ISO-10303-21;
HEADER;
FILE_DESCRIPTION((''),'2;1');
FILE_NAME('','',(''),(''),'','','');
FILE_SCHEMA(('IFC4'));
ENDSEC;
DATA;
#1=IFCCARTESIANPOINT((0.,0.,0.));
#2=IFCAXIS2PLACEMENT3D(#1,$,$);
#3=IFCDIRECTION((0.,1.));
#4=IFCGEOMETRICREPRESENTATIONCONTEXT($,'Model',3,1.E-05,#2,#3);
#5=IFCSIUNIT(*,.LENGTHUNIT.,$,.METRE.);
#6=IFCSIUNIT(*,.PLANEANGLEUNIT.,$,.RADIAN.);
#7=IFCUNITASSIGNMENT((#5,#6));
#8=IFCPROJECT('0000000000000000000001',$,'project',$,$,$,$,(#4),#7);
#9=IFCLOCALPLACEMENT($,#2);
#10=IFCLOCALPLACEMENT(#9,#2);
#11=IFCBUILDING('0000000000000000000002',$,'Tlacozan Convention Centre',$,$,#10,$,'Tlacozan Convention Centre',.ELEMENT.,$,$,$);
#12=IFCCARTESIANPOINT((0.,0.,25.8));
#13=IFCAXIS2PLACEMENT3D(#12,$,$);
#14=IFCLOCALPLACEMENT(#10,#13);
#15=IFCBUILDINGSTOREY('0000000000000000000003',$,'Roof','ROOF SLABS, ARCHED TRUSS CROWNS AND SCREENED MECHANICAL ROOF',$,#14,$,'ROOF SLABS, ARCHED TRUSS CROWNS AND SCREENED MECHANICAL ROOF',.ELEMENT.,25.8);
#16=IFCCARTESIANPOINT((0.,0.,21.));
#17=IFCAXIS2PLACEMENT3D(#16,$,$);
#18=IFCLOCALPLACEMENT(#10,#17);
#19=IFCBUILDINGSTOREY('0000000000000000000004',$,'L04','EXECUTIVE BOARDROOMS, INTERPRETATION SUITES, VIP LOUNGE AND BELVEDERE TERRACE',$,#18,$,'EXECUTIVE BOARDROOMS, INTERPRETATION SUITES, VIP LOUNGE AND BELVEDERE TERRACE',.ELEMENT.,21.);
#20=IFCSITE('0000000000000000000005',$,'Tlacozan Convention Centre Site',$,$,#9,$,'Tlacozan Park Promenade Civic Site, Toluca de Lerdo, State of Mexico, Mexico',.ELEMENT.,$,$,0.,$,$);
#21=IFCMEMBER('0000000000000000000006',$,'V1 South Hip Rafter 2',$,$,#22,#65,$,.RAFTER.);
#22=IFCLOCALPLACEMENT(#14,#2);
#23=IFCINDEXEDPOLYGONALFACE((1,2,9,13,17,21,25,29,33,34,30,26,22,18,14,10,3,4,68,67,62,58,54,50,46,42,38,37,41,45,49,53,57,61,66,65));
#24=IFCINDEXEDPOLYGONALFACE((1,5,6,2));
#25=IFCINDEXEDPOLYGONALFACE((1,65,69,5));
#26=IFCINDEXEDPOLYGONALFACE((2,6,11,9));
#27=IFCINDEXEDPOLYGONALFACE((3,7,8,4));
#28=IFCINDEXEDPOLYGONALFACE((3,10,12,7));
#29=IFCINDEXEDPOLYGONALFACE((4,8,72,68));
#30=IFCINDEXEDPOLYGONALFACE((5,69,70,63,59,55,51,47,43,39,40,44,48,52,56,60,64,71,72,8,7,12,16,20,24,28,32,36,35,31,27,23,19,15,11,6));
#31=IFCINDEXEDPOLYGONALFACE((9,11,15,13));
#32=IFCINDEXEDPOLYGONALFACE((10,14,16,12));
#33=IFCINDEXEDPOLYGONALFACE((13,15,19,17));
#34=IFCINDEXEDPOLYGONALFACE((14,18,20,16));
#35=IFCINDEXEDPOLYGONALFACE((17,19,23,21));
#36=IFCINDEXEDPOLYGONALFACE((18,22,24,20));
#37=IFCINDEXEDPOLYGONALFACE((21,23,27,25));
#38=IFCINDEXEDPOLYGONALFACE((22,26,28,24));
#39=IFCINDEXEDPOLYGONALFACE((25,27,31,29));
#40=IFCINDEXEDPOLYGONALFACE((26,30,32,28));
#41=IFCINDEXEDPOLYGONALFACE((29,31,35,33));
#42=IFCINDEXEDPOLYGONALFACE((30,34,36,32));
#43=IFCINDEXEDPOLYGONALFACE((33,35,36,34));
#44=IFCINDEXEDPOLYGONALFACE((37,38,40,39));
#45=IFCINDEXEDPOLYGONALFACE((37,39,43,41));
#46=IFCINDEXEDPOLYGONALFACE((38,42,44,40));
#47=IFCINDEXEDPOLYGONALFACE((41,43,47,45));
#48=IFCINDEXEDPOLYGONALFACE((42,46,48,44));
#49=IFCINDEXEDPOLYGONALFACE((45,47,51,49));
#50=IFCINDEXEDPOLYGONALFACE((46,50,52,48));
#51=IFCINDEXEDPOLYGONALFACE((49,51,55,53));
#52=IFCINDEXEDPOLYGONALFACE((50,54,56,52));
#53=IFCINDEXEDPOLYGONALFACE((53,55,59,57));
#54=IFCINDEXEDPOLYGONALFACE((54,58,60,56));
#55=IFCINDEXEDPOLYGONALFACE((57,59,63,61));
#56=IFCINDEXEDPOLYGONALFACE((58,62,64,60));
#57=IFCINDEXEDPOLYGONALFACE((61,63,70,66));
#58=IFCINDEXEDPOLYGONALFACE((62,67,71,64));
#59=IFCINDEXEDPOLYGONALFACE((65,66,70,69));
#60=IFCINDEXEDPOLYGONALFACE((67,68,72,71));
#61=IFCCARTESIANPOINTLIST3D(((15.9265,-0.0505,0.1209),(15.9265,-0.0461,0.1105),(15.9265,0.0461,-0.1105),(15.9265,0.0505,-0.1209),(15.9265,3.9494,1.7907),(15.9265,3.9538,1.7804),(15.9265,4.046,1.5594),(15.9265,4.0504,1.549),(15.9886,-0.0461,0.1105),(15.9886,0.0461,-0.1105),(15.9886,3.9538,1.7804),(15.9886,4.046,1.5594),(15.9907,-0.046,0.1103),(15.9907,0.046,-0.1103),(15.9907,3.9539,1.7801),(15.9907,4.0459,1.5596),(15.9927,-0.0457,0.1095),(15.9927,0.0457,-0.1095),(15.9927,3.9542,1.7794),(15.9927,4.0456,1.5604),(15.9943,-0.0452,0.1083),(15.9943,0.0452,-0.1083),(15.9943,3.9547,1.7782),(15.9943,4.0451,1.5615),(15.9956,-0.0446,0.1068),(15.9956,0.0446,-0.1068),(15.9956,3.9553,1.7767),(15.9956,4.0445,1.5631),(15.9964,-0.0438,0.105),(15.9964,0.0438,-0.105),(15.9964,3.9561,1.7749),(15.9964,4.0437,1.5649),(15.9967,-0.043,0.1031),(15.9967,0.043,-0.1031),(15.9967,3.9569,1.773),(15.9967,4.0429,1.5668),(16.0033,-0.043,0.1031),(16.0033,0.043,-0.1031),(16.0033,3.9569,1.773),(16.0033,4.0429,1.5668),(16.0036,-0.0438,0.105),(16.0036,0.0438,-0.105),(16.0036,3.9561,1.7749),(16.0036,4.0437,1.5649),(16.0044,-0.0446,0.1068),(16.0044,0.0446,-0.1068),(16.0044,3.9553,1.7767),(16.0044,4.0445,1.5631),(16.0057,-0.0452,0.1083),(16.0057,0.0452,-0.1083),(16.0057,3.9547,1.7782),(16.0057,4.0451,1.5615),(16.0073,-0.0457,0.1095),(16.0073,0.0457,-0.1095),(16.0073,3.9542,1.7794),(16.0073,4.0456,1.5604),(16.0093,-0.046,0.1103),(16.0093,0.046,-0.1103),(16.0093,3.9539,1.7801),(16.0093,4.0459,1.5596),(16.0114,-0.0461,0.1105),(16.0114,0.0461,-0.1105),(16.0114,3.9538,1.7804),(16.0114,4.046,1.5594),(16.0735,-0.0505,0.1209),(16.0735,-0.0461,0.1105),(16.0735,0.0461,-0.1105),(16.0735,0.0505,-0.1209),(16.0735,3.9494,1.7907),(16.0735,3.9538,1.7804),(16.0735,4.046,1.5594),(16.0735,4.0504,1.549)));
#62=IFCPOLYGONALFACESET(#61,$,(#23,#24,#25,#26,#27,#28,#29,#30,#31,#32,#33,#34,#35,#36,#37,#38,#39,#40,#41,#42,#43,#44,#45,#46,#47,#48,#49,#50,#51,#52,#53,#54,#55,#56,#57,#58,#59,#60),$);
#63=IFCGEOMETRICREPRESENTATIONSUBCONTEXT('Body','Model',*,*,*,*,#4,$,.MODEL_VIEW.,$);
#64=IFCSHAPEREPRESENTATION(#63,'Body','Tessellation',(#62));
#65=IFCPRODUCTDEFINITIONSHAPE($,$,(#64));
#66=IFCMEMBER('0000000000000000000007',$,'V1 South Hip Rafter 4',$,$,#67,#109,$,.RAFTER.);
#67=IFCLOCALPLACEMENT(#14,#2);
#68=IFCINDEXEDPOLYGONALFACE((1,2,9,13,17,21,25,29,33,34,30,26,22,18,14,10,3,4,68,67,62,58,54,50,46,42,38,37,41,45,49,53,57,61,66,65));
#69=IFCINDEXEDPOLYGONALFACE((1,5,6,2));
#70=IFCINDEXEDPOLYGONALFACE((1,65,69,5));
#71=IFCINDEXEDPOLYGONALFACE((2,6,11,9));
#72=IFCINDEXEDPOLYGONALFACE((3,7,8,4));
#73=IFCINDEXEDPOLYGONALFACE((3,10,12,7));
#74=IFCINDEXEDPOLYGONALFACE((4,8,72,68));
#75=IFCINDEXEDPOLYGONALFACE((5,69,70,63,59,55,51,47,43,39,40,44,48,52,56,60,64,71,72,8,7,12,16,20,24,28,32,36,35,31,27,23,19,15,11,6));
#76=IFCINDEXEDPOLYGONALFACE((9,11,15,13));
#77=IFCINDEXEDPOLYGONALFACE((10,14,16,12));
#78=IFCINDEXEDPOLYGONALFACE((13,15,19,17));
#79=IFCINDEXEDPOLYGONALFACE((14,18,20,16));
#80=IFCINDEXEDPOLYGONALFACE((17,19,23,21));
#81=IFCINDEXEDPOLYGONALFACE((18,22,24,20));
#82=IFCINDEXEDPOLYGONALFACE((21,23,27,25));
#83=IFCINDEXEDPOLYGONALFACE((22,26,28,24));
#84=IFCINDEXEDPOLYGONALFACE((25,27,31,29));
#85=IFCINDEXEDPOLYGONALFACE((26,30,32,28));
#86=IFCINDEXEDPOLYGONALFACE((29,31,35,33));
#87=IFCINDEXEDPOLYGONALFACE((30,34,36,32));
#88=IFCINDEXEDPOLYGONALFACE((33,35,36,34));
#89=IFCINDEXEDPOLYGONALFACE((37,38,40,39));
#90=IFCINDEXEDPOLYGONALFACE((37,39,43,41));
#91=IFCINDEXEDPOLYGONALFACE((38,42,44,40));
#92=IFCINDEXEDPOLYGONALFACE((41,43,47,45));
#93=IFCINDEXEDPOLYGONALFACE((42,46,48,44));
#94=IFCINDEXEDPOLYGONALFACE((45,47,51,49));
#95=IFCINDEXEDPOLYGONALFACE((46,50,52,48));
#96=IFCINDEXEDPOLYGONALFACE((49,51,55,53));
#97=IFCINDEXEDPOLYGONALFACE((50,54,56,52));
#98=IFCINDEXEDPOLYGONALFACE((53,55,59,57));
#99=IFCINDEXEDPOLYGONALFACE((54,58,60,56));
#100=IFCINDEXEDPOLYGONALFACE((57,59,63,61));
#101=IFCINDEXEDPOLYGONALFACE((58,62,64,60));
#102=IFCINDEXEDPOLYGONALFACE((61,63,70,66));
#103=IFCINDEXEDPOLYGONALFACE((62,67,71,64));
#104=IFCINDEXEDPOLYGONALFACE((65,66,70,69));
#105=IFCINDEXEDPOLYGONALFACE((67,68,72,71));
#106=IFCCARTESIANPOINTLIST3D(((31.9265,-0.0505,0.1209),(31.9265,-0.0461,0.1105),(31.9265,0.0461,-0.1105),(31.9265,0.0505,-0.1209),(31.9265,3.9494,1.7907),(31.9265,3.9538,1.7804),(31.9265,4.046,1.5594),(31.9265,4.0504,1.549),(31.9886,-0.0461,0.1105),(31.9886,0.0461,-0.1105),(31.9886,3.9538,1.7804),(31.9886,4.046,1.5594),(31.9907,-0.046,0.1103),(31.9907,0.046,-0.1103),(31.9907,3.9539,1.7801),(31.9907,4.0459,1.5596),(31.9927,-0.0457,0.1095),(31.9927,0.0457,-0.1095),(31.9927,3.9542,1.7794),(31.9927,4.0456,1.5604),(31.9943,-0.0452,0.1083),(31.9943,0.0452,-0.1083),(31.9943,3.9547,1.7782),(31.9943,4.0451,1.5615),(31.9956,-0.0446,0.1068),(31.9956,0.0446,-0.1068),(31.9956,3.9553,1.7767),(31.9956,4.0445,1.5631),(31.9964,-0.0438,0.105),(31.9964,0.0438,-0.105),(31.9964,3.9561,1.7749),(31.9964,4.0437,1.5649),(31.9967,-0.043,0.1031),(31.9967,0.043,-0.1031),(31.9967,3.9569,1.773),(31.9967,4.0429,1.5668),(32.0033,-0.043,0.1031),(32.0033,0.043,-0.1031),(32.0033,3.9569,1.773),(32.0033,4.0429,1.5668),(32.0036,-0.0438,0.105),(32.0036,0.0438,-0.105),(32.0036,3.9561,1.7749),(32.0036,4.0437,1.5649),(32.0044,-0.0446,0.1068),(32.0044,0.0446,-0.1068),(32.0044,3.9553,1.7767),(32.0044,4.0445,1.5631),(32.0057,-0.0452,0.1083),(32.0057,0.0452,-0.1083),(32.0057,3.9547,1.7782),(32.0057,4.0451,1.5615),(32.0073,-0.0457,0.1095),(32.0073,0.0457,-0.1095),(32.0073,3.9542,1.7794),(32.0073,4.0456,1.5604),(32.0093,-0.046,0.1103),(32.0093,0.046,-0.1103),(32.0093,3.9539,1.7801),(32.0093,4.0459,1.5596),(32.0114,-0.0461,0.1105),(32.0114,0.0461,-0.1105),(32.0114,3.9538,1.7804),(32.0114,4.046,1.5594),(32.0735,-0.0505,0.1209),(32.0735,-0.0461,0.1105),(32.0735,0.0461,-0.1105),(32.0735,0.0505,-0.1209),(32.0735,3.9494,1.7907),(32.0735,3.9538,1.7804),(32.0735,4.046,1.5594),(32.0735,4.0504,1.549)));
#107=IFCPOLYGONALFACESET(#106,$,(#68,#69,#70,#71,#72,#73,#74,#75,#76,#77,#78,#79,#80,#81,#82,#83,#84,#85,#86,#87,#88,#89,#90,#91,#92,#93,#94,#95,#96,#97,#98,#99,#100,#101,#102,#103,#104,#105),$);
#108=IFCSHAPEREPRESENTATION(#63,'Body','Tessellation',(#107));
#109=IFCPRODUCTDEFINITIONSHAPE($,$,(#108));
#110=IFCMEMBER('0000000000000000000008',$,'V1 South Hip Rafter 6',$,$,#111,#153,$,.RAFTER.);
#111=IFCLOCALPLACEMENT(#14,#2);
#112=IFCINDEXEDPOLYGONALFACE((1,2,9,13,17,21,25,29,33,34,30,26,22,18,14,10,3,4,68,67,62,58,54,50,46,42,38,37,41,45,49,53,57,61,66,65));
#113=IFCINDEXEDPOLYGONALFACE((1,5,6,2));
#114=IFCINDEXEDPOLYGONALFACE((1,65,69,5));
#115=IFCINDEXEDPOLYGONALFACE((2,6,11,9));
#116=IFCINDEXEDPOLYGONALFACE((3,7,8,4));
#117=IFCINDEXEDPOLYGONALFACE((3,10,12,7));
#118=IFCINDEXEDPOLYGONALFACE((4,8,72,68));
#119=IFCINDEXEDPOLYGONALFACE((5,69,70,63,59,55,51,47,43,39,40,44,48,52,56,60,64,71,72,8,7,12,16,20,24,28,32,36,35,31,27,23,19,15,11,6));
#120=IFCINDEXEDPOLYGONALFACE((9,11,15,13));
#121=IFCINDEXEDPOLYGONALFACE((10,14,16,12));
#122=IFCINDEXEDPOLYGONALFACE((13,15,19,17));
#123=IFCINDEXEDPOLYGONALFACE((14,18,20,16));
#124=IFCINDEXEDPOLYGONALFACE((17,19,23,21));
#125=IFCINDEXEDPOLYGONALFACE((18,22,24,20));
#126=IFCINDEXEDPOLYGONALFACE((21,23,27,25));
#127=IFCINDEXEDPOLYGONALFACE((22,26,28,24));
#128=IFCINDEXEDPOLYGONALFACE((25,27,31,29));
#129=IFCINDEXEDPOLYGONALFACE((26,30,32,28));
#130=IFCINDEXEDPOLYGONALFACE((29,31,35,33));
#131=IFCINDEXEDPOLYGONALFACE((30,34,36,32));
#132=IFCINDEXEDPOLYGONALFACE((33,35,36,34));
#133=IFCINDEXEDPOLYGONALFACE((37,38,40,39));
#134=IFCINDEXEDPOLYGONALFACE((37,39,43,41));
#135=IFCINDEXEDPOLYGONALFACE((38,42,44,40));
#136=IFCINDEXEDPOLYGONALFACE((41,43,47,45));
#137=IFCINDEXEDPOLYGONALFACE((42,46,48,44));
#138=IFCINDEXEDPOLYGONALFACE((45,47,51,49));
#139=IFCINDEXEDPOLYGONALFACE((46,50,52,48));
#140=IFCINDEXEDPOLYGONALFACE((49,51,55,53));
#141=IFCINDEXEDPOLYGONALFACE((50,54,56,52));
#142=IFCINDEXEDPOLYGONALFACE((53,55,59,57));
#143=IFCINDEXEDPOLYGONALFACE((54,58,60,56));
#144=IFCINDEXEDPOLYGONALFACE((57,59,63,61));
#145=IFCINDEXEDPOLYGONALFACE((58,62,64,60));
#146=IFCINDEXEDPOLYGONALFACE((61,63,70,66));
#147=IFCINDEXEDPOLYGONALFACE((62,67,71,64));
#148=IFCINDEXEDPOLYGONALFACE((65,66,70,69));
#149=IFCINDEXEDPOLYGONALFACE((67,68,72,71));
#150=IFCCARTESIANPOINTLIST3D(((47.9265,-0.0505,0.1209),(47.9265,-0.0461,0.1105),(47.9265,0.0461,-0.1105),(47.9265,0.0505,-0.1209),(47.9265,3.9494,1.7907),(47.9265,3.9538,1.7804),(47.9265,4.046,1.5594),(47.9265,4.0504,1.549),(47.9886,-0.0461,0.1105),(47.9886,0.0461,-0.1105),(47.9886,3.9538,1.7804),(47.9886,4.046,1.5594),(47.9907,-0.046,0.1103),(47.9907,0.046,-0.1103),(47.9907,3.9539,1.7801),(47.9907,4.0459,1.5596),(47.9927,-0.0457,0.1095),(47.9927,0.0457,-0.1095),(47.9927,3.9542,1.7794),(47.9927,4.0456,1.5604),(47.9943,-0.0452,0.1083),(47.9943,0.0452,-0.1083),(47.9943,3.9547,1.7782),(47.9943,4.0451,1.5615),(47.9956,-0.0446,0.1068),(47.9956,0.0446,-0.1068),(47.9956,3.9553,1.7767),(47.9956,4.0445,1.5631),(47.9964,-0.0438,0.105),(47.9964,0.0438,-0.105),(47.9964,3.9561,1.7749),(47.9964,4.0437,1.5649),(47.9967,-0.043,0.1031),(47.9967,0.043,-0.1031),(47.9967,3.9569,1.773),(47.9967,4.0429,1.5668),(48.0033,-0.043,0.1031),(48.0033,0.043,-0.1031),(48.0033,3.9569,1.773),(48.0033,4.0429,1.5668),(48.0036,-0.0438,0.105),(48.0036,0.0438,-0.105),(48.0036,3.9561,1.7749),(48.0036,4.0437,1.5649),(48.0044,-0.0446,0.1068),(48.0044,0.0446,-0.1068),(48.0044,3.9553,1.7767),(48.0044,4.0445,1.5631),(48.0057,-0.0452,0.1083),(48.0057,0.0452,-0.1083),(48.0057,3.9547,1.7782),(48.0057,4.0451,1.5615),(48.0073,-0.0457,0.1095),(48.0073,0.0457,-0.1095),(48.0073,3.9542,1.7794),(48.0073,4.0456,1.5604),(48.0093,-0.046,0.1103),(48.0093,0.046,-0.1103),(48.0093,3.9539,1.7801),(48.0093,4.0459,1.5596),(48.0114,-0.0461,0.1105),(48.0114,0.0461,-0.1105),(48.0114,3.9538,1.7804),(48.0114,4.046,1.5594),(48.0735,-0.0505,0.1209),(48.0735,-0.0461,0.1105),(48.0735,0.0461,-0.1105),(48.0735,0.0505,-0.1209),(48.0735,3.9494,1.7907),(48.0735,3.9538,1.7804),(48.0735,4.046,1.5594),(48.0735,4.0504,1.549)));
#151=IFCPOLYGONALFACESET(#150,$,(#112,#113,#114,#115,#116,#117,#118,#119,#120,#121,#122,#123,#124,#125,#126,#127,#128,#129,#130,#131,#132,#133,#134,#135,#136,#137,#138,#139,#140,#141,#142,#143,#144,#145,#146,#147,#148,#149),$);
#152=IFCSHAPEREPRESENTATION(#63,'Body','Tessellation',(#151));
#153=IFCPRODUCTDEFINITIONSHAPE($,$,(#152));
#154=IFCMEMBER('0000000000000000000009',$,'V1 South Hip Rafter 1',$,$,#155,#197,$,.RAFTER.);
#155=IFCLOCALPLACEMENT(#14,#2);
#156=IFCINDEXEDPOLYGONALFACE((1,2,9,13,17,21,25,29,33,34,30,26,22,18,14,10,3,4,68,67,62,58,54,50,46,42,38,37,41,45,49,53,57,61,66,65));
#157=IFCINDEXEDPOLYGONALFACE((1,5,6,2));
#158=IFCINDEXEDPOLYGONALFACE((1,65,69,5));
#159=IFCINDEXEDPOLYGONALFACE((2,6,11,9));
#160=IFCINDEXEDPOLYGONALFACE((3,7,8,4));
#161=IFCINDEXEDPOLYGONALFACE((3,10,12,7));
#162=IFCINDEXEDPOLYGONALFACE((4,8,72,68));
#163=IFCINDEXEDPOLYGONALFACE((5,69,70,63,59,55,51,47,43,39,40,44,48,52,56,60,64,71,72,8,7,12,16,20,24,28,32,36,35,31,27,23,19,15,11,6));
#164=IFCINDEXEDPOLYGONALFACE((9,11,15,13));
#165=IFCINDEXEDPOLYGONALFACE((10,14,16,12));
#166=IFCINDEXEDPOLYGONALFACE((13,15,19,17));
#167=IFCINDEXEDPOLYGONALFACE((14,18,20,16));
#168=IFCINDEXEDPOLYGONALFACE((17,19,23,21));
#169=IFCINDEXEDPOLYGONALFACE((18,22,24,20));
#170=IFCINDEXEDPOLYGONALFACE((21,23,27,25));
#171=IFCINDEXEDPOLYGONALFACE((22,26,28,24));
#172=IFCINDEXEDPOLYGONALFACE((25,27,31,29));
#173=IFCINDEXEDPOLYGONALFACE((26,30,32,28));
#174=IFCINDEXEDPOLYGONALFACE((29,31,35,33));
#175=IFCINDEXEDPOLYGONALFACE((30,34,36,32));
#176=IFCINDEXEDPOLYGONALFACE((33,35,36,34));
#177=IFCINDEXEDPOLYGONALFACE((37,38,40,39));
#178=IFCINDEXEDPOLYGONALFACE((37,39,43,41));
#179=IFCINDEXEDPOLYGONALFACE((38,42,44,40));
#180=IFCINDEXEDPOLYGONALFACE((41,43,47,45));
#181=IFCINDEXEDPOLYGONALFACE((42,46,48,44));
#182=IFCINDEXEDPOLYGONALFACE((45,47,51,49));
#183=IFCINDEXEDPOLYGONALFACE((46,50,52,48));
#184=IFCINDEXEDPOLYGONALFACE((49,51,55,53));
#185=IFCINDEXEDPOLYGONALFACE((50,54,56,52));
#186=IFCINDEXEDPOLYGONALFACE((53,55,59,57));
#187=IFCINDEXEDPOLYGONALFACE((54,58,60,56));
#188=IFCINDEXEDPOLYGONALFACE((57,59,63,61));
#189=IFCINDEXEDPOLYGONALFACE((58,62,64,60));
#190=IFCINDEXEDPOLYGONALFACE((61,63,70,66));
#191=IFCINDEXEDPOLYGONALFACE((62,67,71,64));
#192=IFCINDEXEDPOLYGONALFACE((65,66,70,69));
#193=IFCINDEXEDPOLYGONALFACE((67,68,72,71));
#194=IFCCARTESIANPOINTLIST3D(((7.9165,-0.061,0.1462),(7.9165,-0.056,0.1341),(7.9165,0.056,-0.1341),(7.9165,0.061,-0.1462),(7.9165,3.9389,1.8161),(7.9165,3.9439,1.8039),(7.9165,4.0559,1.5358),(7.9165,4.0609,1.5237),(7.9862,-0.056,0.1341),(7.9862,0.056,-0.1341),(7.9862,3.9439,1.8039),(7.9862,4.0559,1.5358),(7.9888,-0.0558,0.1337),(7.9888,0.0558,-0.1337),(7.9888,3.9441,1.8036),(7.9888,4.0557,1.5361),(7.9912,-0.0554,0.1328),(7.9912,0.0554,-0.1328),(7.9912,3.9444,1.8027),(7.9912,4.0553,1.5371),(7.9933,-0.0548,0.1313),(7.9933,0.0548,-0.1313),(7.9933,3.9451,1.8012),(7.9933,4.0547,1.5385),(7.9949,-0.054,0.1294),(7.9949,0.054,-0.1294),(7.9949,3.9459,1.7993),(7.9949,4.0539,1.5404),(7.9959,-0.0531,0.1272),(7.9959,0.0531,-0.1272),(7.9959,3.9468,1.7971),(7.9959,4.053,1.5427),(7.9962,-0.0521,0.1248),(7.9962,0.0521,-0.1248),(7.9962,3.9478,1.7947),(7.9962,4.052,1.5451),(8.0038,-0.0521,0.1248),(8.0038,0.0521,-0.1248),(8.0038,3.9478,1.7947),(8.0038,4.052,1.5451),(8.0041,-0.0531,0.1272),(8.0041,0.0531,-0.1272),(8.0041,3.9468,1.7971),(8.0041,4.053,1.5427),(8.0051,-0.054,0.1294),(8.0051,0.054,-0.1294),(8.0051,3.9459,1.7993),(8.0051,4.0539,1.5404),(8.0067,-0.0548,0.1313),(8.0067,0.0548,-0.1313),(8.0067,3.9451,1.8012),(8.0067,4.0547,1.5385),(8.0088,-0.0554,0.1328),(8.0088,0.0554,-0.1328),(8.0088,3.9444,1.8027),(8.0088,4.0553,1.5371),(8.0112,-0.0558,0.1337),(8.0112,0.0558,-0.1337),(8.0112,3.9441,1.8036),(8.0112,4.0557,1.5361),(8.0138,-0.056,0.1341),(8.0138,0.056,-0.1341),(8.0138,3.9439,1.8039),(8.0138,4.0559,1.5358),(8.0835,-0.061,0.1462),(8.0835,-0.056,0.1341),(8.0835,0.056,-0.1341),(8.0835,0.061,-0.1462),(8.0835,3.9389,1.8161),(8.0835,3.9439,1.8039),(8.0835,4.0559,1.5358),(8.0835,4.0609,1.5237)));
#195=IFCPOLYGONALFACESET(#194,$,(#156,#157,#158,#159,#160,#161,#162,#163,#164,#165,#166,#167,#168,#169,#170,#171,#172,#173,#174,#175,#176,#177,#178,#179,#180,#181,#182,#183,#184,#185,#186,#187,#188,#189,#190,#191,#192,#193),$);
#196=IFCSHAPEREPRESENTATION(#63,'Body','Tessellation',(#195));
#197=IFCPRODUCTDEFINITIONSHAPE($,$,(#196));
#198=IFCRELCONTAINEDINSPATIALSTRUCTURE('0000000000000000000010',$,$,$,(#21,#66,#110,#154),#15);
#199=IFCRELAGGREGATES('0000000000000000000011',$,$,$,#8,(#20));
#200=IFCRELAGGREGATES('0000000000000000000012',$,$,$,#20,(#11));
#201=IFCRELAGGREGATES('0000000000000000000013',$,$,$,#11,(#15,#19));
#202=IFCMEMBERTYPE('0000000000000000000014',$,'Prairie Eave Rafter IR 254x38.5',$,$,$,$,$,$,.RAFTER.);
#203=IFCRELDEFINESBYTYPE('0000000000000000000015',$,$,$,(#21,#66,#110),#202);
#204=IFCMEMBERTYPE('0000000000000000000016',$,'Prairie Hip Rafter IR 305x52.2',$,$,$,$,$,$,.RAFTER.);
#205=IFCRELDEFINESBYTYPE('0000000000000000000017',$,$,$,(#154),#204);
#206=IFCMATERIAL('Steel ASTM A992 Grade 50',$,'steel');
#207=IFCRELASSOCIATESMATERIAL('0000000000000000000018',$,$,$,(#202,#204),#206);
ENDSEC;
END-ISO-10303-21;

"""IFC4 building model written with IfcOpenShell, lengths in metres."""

from ifc_helpers import new_model, si_unit, direction, frame, origin, origin_2d, place, context, subcontext, project, spatial, i_section, extrude, material, material_profile, profile_set, type_object, element, save


model = new_model("IFC4")

# Units and contexts
model_context = context("Model", 3, precision=1e-05, world=origin(), true_north=direction((0.0, 1.0)))
body_context = subcontext(model_context, "Body", "Model", "MODEL_VIEW")
ifc_project = project(units=[si_unit("LENGTHUNIT", "METRE"), si_unit("PLANEANGLEUNIT", "RADIAN")], contexts=[model_context])

# Site, building, storey
site_placement = place(None, origin())
site = spatial("IfcSite", under=ifc_project, at=site_placement, Name="Tlacozan Convention Centre Site", LongName="Tlacozan Park Promenade Civic Site, Toluca de Lerdo, State of Mexico, Mexico", CompositionType="ELEMENT", RefElevation=0.0)
building_placement = place(site_placement, origin())
building = spatial("IfcBuilding", under=site, at=building_placement, Name="Tlacozan Convention Centre", LongName="Tlacozan Convention Centre", CompositionType="ELEMENT")
storey_1_placement = place(building_placement, frame((0.0, 0.0, 25.8)))
storey_1 = spatial("IfcBuildingStorey", under=building, at=storey_1_placement, Name="Roof", Description="ROOF SLABS, ARCHED TRUSS CROWNS AND SCREENED MECHANICAL ROOF", LongName="ROOF SLABS, ARCHED TRUSS CROWNS AND SCREENED MECHANICAL ROOF", CompositionType="ELEMENT", Elevation=25.8)

# Members
ifc_material_1 = material(Name="Steel ASTM A992 Grade 50", Category="steel")
ifc_material_profile_1 = material_profile(ifc_material_1, i_section(OverallWidth=0.147, OverallDepth=0.262, WebThickness=0.0066, FlangeThickness=0.0112, FilletRadius=0.0081, at=origin_2d()), Name="IR 254x38.5")
ifc_profile_set_1 = profile_set([ifc_material_profile_1], Name="Steel ASTM A992 Grade 50")
member_type_1 = type_object("IfcMemberType", Name="Prairie Eave Rafter IR 254x38.5", PredefinedType="RAFTER", material=ifc_profile_set_1)
for number, where, z_axis, x_axis, name in (
    (1, (16.0, 0.0, 0.0), (0.0, 0.92281, 0.385255), (-1.0, 0.0, 0.0), "V1 South Hip Rafter 2"),
    (2, (32.0, 0.0, 0.0), (0.0, 0.92281, 0.385255), (-1.0, 0.0, 0.0), "V1 South Hip Rafter 4"),
    (3, (48.0, 0.0, 0.0), (0.0, 0.92281, 0.385255), (-1.0, 0.0, 0.0), "V1 South Hip Rafter 6"),
):
    element("IfcMember", number, at=place(storey_1_placement, frame(where, z_axis=z_axis, x_axis=x_axis)), inside=storey_1, type_object=member_type_1, Name=name, PredefinedType="RAFTER", context=body_context, shape_type="SweptSolid", body=[
        extrude(i_section(OverallWidth=0.147, OverallDepth=0.262, WebThickness=0.0066, FlangeThickness=0.0112, FilletRadius=0.0081, at=origin_2d()), origin(), (0.0, 0.0, 1.0), 4.3345),
    ])
ifc_material_profile_2 = material_profile(ifc_material_1, i_section(OverallWidth=0.167, OverallDepth=0.3169, WebThickness=0.0076, FlangeThickness=0.0132, FilletRadius=0.01, at=origin_2d()), Name="IR 305x52.2")
ifc_profile_set_2 = profile_set([ifc_material_profile_2], Name="Steel ASTM A992 Grade 50")
member_type_2 = type_object("IfcMemberType", Name="Prairie Hip Rafter IR 305x52.2", PredefinedType="RAFTER", material=ifc_profile_set_2)
for number, where, z_axis, x_axis, name in (
    (4, (8.0, 0.0, 0.0), (0.0, 0.92281, 0.385255), (-1.0, 0.0, 0.0), "V1 South Hip Rafter 1"),
):
    element("IfcMember", number, at=place(storey_1_placement, frame(where, z_axis=z_axis, x_axis=x_axis)), inside=storey_1, type_object=member_type_2, Name=name, PredefinedType="RAFTER", context=body_context, shape_type="SweptSolid", body=[
        extrude(i_section(OverallWidth=0.167, OverallDepth=0.3169, WebThickness=0.0076, FlangeThickness=0.0132, FilletRadius=0.01, at=origin_2d()), origin(), (0.0, 0.0, 1.0), 4.3345),
    ])

# Shared definitions
storey_2_placement = place(building_placement, frame((0.0, 0.0, 21.0)))
storey_2 = spatial("IfcBuildingStorey", under=building, at=storey_2_placement, Name="L04", Description="EXECUTIVE BOARDROOMS, INTERPRETATION SUITES, VIP LOUNGE AND BELVEDERE TERRACE", LongName="EXECUTIVE BOARDROOMS, INTERPRETATION SUITES, VIP LOUNGE AND BELVEDERE TERRACE", CompositionType="ELEMENT", Elevation=21.0)

save(model, "model.ifc")
